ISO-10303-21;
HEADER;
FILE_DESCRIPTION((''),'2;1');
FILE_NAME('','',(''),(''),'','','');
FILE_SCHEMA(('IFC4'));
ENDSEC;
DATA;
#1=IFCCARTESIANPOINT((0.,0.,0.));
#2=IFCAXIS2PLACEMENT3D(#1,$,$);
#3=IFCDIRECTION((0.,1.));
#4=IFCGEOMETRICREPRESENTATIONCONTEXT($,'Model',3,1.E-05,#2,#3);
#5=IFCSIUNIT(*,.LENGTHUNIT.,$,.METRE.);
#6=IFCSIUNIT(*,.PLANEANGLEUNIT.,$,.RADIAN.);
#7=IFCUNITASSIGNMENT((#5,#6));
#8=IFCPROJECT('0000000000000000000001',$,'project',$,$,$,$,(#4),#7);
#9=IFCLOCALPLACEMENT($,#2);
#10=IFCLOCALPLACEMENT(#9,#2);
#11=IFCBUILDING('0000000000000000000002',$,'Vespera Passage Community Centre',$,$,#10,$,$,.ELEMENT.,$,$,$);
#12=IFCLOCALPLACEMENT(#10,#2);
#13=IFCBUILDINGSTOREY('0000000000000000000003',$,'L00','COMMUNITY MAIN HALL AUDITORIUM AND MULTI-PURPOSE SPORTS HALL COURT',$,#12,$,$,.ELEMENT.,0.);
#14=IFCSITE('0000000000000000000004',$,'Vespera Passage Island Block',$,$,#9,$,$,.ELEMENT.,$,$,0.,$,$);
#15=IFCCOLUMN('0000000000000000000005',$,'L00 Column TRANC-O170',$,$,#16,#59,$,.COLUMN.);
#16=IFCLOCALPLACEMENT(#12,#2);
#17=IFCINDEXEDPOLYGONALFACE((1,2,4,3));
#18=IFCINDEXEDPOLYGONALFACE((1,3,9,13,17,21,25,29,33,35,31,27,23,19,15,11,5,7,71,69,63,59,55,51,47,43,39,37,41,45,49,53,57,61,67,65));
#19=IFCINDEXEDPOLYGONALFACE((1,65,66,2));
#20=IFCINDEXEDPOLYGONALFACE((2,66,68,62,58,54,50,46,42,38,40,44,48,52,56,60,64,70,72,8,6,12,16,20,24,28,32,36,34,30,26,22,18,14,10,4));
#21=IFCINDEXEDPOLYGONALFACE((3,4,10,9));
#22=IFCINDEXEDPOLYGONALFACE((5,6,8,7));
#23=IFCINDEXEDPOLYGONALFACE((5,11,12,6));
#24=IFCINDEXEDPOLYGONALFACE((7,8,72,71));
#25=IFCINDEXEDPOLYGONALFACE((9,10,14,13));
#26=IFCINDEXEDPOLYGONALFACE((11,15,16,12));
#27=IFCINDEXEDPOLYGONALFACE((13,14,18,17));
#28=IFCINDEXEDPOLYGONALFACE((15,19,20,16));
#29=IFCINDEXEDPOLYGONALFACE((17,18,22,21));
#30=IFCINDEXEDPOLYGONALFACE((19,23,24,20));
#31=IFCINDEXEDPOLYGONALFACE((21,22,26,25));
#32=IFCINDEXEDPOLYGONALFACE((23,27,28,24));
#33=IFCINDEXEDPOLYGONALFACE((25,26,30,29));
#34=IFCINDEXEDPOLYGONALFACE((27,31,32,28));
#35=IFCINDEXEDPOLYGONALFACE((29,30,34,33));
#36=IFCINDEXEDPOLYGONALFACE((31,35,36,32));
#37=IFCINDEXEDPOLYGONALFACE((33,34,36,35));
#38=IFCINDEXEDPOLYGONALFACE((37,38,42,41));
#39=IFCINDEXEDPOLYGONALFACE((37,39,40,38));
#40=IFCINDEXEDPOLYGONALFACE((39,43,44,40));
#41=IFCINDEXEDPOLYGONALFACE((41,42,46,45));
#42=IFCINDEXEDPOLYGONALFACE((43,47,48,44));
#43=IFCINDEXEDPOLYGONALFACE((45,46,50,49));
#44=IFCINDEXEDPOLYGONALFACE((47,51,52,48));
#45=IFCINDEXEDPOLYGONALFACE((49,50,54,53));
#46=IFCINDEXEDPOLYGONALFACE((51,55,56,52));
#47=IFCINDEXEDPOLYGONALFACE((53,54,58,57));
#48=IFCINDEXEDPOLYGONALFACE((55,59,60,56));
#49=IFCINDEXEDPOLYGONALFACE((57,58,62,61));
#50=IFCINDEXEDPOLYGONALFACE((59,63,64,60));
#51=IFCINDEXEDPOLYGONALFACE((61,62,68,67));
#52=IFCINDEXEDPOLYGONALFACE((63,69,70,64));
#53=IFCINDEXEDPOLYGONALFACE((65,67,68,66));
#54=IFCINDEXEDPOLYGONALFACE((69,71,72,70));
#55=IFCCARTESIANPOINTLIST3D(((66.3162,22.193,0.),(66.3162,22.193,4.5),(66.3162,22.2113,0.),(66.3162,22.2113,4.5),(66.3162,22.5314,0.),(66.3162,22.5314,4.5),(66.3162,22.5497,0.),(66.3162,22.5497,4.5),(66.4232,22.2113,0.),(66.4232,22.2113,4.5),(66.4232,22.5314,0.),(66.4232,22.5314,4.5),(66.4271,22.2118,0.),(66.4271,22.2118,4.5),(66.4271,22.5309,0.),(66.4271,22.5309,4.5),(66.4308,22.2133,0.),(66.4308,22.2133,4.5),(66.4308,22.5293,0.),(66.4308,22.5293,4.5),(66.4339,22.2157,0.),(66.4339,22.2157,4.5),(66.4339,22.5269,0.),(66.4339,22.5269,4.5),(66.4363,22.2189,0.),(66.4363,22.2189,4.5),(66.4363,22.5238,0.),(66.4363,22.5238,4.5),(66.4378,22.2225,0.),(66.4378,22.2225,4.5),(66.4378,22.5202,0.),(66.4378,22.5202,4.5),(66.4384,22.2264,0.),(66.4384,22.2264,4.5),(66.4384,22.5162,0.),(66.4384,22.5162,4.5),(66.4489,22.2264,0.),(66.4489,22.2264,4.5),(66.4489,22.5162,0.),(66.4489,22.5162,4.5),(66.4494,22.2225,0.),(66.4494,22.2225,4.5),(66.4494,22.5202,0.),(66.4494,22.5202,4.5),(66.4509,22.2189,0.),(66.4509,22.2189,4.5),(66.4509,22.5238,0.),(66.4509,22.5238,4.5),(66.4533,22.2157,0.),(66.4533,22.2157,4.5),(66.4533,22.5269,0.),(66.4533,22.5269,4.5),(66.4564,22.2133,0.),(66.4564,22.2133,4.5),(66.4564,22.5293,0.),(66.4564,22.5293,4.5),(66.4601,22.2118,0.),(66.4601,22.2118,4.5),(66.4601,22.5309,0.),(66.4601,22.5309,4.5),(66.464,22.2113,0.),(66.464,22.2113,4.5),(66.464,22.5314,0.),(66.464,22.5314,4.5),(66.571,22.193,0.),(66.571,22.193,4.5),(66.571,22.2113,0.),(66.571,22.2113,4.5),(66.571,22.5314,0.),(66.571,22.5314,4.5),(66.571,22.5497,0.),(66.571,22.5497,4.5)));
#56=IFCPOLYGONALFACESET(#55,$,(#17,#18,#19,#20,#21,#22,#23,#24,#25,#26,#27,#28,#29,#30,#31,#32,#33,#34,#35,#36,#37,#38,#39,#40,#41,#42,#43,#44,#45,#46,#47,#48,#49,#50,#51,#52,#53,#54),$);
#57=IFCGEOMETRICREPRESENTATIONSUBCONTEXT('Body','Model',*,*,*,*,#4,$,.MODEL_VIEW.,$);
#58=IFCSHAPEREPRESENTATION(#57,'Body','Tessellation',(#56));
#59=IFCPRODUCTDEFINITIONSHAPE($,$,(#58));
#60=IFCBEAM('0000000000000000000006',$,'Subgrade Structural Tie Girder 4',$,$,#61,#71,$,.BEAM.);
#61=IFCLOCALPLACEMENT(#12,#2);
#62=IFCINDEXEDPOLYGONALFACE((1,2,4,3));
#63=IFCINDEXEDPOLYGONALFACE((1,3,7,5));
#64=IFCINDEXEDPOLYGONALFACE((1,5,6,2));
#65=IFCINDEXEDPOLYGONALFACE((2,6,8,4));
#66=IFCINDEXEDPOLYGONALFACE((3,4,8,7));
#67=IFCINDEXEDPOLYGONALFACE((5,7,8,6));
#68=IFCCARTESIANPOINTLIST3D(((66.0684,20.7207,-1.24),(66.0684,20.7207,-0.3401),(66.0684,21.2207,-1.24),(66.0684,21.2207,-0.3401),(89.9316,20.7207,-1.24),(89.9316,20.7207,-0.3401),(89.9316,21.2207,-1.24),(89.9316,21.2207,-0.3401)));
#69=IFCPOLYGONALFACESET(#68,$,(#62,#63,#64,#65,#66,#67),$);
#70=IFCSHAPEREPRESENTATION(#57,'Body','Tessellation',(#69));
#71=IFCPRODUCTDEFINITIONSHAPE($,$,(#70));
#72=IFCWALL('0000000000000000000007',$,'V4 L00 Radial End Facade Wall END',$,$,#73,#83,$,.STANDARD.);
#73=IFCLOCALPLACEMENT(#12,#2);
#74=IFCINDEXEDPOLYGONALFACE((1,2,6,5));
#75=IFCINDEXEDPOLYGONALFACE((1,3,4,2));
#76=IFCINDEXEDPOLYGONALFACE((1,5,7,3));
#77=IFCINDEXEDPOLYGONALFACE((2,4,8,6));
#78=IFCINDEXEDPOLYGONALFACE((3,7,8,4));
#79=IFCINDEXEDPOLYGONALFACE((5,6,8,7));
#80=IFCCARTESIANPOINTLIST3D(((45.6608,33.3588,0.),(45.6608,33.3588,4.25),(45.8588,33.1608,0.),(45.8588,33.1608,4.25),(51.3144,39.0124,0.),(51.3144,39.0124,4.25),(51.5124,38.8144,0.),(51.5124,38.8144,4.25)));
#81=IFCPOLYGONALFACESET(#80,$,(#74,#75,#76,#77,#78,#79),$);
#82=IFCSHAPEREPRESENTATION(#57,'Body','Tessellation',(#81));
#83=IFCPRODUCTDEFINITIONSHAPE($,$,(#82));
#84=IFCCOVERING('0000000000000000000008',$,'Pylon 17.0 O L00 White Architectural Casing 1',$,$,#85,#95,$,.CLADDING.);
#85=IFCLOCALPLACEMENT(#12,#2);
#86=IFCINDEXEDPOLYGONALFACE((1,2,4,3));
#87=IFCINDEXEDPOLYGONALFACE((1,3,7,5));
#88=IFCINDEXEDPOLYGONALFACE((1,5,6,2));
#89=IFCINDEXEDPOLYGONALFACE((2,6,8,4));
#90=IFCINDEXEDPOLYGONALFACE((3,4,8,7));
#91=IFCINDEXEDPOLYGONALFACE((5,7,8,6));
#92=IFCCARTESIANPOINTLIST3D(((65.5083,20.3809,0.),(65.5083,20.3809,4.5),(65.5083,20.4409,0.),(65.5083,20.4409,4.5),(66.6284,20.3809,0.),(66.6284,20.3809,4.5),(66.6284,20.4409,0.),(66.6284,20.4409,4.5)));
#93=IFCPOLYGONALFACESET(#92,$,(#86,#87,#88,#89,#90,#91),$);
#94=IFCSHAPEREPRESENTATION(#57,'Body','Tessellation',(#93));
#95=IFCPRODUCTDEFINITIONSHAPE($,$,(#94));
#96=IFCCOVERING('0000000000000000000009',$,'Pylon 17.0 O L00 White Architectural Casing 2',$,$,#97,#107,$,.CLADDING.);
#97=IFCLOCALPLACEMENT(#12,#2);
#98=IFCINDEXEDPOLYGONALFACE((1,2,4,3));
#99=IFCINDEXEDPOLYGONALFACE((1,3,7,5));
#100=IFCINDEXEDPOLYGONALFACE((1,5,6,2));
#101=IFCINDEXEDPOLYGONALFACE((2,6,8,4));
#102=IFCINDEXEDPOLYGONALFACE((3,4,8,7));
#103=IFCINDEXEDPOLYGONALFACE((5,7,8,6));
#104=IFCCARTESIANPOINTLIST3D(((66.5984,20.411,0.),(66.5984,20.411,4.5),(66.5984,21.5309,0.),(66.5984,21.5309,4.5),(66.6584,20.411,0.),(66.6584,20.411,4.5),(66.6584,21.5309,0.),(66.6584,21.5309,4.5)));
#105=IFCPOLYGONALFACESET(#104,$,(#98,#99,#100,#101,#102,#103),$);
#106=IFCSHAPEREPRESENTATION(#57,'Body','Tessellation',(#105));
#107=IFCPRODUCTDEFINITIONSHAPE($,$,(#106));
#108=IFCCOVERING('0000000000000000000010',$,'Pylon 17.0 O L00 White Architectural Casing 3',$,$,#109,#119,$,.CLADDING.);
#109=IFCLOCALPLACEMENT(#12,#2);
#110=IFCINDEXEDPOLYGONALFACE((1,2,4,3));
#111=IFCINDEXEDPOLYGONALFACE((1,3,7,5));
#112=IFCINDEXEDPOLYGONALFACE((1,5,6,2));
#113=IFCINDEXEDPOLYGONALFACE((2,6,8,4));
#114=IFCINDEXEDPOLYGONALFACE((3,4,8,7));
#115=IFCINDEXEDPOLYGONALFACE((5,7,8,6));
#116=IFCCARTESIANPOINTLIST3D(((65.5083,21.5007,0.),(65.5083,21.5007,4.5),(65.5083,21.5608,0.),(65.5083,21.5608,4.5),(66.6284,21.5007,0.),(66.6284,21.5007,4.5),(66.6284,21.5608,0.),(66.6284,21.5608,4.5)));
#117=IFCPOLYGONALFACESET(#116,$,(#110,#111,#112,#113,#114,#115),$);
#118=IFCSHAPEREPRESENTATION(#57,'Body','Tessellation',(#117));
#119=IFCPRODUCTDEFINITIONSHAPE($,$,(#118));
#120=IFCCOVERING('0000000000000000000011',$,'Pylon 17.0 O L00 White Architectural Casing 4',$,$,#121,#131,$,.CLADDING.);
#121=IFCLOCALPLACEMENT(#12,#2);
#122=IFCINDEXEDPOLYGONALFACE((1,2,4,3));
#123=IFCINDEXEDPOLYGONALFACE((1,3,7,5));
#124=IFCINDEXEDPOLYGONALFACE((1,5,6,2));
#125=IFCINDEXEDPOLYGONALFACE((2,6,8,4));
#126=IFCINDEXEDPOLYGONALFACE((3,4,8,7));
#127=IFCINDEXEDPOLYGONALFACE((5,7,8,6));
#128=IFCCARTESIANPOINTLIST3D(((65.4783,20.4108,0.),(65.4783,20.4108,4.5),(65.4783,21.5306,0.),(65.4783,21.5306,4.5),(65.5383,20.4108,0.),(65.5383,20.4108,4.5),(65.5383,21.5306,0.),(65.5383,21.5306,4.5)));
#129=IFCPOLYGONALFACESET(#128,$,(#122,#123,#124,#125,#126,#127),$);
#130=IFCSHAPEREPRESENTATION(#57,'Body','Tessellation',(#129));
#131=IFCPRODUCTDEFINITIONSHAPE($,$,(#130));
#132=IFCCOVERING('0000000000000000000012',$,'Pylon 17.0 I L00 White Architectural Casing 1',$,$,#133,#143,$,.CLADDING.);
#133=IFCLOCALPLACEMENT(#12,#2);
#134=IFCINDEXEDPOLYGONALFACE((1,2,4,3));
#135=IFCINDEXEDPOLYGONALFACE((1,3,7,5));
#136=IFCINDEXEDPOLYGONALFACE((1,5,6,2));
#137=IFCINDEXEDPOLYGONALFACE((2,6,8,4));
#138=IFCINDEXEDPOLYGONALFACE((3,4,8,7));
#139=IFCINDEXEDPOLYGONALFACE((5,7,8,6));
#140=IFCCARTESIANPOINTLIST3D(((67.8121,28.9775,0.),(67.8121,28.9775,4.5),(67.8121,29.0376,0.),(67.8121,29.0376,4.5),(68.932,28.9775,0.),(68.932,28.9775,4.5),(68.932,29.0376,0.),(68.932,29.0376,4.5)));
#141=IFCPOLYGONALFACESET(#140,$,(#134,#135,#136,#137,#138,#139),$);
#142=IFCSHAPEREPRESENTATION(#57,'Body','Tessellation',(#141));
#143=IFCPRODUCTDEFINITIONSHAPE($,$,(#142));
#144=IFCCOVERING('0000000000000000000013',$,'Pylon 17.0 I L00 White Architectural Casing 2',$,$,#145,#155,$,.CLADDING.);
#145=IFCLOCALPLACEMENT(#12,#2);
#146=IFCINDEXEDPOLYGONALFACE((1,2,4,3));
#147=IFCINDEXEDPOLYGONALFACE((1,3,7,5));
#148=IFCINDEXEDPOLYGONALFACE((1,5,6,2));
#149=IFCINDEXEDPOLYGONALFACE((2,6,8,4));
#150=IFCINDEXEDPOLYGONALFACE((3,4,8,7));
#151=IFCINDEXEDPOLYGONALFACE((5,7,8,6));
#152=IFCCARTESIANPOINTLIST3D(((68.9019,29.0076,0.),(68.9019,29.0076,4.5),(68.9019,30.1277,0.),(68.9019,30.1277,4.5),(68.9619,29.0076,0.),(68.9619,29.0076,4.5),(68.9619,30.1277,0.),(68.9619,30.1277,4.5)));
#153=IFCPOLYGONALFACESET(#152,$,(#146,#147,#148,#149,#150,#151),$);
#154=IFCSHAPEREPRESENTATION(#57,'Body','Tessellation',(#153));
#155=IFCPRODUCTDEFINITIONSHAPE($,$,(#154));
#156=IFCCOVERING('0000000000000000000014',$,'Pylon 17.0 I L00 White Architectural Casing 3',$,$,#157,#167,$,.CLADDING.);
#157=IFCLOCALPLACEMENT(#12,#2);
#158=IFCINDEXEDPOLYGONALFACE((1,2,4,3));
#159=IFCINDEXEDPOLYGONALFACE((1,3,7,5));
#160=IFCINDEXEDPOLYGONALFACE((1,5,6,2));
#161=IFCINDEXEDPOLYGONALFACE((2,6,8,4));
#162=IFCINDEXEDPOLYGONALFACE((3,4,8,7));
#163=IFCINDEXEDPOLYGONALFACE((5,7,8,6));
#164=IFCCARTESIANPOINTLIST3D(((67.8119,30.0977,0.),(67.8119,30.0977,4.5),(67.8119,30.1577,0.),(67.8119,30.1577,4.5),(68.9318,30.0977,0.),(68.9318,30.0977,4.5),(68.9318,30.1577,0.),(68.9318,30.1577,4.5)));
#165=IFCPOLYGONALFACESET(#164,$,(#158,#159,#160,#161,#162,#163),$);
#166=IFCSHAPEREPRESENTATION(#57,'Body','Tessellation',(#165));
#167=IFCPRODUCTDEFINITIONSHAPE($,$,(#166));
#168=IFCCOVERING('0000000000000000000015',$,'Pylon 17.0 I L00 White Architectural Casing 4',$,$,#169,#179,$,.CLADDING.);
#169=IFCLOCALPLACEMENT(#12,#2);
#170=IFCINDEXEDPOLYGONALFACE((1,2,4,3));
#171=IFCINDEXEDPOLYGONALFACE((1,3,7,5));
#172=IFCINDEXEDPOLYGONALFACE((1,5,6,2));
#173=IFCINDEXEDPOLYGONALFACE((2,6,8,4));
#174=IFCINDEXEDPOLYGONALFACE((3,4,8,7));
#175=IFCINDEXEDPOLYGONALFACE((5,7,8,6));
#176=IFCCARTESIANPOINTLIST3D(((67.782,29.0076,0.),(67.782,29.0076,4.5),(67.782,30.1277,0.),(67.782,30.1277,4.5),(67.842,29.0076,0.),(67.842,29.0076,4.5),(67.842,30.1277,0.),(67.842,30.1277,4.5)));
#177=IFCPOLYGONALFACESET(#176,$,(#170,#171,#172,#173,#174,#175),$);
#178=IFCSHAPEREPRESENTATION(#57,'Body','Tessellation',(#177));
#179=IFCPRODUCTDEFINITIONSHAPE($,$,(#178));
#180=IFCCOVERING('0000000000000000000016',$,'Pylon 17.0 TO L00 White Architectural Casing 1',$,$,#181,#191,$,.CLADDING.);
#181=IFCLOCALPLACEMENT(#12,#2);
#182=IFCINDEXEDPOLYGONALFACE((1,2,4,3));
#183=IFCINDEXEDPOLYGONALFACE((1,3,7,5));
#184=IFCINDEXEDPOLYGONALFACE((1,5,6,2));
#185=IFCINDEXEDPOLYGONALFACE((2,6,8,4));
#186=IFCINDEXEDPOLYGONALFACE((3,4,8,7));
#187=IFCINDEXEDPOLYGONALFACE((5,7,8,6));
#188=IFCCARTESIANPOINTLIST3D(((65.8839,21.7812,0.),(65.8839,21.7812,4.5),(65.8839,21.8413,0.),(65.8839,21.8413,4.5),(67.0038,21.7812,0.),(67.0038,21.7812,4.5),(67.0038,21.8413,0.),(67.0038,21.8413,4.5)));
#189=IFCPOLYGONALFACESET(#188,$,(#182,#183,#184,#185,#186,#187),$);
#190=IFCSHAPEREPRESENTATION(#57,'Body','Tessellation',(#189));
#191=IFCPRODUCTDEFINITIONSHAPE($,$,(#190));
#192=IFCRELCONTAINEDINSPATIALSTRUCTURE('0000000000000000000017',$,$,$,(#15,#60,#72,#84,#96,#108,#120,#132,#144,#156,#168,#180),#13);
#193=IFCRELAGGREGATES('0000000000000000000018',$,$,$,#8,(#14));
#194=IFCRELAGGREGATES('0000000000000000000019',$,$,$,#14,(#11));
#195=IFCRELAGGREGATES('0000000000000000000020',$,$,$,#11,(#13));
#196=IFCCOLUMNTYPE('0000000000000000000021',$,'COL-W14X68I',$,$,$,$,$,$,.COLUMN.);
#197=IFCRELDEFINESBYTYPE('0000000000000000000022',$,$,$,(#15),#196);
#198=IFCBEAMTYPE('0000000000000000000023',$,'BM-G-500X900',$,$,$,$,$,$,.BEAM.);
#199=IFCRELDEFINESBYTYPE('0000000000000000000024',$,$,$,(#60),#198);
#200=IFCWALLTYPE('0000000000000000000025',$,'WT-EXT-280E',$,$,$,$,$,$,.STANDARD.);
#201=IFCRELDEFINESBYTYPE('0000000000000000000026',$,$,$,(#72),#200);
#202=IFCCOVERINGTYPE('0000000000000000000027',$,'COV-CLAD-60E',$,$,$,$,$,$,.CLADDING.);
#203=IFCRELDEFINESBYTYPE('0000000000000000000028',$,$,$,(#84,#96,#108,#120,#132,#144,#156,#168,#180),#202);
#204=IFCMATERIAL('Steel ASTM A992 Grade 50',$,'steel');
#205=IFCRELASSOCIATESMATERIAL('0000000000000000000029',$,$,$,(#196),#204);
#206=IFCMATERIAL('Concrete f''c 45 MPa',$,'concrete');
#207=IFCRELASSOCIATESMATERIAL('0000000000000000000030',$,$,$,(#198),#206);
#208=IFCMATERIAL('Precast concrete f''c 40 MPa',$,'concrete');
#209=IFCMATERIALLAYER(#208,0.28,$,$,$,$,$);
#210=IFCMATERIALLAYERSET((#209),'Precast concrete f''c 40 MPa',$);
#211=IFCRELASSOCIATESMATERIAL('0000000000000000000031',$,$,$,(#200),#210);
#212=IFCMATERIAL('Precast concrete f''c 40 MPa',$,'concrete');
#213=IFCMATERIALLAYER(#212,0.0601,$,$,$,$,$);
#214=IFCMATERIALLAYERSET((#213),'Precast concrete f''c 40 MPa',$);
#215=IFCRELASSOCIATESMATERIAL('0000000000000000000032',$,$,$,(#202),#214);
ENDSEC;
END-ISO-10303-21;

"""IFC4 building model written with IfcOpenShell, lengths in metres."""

from ifc_helpers import new_model, si_unit, direction, frame, frame_2d, origin, origin_2d, place, context, subcontext, project, spatial, rectangle, i_section, extrude, material, layer, layer_set, material_profile, profile_set, type_object, element, save


model = new_model("IFC4")

# Units and contexts
model_context = context("Model", 3, precision=1e-05, world=origin(), true_north=direction((0.0, 1.0)))
body_context = subcontext(model_context, "Body", "Model", "MODEL_VIEW")
ifc_project = project(units=[si_unit("LENGTHUNIT", "METRE"), si_unit("PLANEANGLEUNIT", "RADIAN")], contexts=[model_context])

# Site, building, storey
site_placement = place(None, origin())
site = spatial("IfcSite", under=ifc_project, at=site_placement, Name="Vespera Passage Island Block", CompositionType="ELEMENT", RefElevation=0.0)
building_placement = place(site_placement, origin())
building = spatial("IfcBuilding", under=site, at=building_placement, Name="Vespera Passage Community Centre", CompositionType="ELEMENT")
storey_placement = place(building_placement, origin())
storey = spatial("IfcBuildingStorey", under=building, at=storey_placement, Name="L00", Description="COMMUNITY MAIN HALL AUDITORIUM AND MULTI-PURPOSE SPORTS HALL COURT", CompositionType="ELEMENT", Elevation=0.0)

# Column
ifc_material_1 = material(Name="Steel ASTM A992 Grade 50", Category="steel")
ifc_material_profile_1 = material_profile(ifc_material_1, i_section(OverallWidth=0.2549, OverallDepth=0.3567, WebThickness=0.0105, FlangeThickness=0.0183, FilletRadius=0.0151, at=origin_2d()), Name="W14X68")
ifc_profile_set_1 = profile_set([ifc_material_profile_1], Name="Steel ASTM A992 Grade 50")
column_type_1 = type_object("IfcColumnType", Name="COL-W14X68I", PredefinedType="COLUMN", material=ifc_profile_set_1)
for number, where, z_axis, x_axis, name in (
    (1, (66.4436, 22.3713, 0.0), (0.0, 0.0, 1.0), (1.0, 0.0, 0.0), "L00 Column TRANC-O170"),
):
    element("IfcColumn", number, at=place(storey_placement, frame(where, z_axis=z_axis, x_axis=x_axis)), inside=storey, type_object=column_type_1, Name=name, PredefinedType="COLUMN", context=body_context, shape_type="SweptSolid", body=[
        extrude(i_section(OverallWidth=0.2549, OverallDepth=0.3567, WebThickness=0.0105, FlangeThickness=0.0183, FilletRadius=0.0151, at=origin_2d()), origin(), (0.0, 0.0, 1.0), 4.5),
    ])

# Beam
ifc_material_2 = material(Name="Concrete f'c 45 MPa", Category="concrete")
ifc_material_profile_2 = material_profile(ifc_material_2, rectangle(XDim=0.5, YDim=0.8999, at=origin_2d()), Name="RC500X900")
ifc_profile_set_2 = profile_set([ifc_material_profile_2], Name="Concrete f'c 45 MPa")
beam_type = type_object("IfcBeamType", Name="BM-G-500X900", PredefinedType="BEAM", material=ifc_profile_set_2)
beam_placement = place(storey_placement, frame((66.0684, 20.9707, -0.79), z_axis=(1.0, 0.0, 0.0), x_axis=(0.0, 1.0, 0.0)))
element("IfcBeam", 2, at=beam_placement, inside=storey, type_object=beam_type, Name="Subgrade Structural Tie Girder 4", PredefinedType="BEAM", context=body_context, shape_type="SweptSolid", body=[
    extrude(rectangle(XDim=0.5, YDim=0.8999, at=origin_2d()), origin(), (0.0, 0.0, 1.0), 23.8633),
])

# Wall
ifc_material_3 = material(Name="Precast concrete f'c 40 MPa", Category="concrete")
ifc_layer_1 = layer(ifc_material_3, 0.28)
ifc_layer_set_1 = layer_set([ifc_layer_1], Name="Precast concrete f'c 40 MPa")
wall_type = type_object("IfcWallType", Name="WT-EXT-280E", PredefinedType="STANDARD", material=ifc_layer_set_1)
wall_placement = place(storey_placement, frame((51.4133, 38.9133, 0.0), z_axis=(0.0, 0.0, 1.0), x_axis=(-0.707107, -0.707107, 0.0)))
element("IfcWall", 3, at=wall_placement, inside=storey, type_object=wall_type, Name="V4 L00 Radial End Facade Wall END", PredefinedType="STANDARD", context=body_context, shape_type="SweptSolid", body=[
    extrude(rectangle(XDim=7.9954, YDim=0.28, at=frame_2d((3.9976, 0.0))), origin(), (0.0, 0.0, 1.0), 4.25),
])

# Coverings
ifc_material_4 = material(Name="Precast concrete f'c 40 MPa", Category="concrete")
ifc_layer_2 = layer(ifc_material_4, 0.0601)
ifc_layer_set_2 = layer_set([ifc_layer_2], Name="Precast concrete f'c 40 MPa")
covering_type = type_object("IfcCoveringType", Name="COV-CLAD-60E", PredefinedType="CLADDING", material=ifc_layer_set_2)
covering_1_placement = place(storey_placement, frame((65.5083, 20.4109, 0.0), z_axis=(0.0, 0.0, 1.0), x_axis=(1.0, 0.0, 0.0)))
element("IfcCovering", 4, at=covering_1_placement, inside=storey, type_object=covering_type, Name="Pylon 17.0 O L00 White Architectural Casing 1", PredefinedType="CLADDING", context=body_context, shape_type="SweptSolid", body=[
    extrude(rectangle(XDim=1.1201, YDim=0.0601, at=frame_2d((0.5601, 0.0))), origin(), (0.0, 0.0, 1.0), 4.5),
])
covering_2_placement = place(storey_placement, frame((66.6284, 20.4109, 0.0), z_axis=(0.0, 0.0, 1.0), x_axis=(0.0, 1.0, 0.0)))
element("IfcCovering", 5, at=covering_2_placement, inside=storey, type_object=covering_type, Name="Pylon 17.0 O L00 White Architectural Casing 2", PredefinedType="CLADDING", context=body_context, shape_type="SweptSolid", body=[
    extrude(rectangle(XDim=1.1199, YDim=0.0601, at=frame_2d((0.5601, 0.0))), origin(), (0.0, 0.0, 1.0), 4.5),
])
covering_3_placement = place(storey_placement, frame((66.6284, 21.5308, 0.0), z_axis=(0.0, 0.0, 1.0), x_axis=(-1.0, 0.0, 0.0)))
element("IfcCovering", 6, at=covering_3_placement, inside=storey, type_object=covering_type, Name="Pylon 17.0 O L00 White Architectural Casing 3", PredefinedType="CLADDING", context=body_context, shape_type="SweptSolid", body=[
    extrude(rectangle(XDim=1.1201, YDim=0.0601, at=frame_2d((0.5601, 0.0))), origin(), (0.0, 0.0, 1.0), 4.5),
])
for number, where, z_axis, x_axis, name in (
    (7, (65.5083, 21.5308, 0.0), (0.0, 0.0, 1.0), (0.0, -1.0, 0.0), "Pylon 17.0 O L00 White Architectural Casing 4"),
    (8, (67.812, 29.0076, 0.0), (0.0, 0.0, 1.0), (1.0, 0.0, 0.0), "Pylon 17.0 I L00 White Architectural Casing 1"),
):
    element("IfcCovering", number, at=place(storey_placement, frame(where, z_axis=z_axis, x_axis=x_axis)), inside=storey, type_object=covering_type, Name=name, PredefinedType="CLADDING", context=body_context, shape_type="SweptSolid", body=[
        extrude(rectangle(XDim=1.1199, YDim=0.0601, at=frame_2d((0.5601, 0.0))), origin(), (0.0, 0.0, 1.0), 4.5),
    ])
covering_4_placement = place(storey_placement, frame((68.9319, 29.0076, 0.0), z_axis=(0.0, 0.0, 1.0), x_axis=(0.0, 1.0, 0.0)))
element("IfcCovering", 9, at=covering_4_placement, inside=storey, type_object=covering_type, Name="Pylon 17.0 I L00 White Architectural Casing 2", PredefinedType="CLADDING", context=body_context, shape_type="SweptSolid", body=[
    extrude(rectangle(XDim=1.1201, YDim=0.0601, at=frame_2d((0.5601, 0.0))), origin(), (0.0, 0.0, 1.0), 4.5),
])
covering_5_placement = place(storey_placement, frame((68.9319, 30.1277, 0.0), z_axis=(0.0, 0.0, 1.0), x_axis=(-1.0, 0.0, 0.0)))
element("IfcCovering", 10, at=covering_5_placement, inside=storey, type_object=covering_type, Name="Pylon 17.0 I L00 White Architectural Casing 3", PredefinedType="CLADDING", context=body_context, shape_type="SweptSolid", body=[
    extrude(rectangle(XDim=1.1199, YDim=0.0601, at=frame_2d((0.5601, 0.0))), origin(), (0.0, 0.0, 1.0), 4.5),
])
covering_6_placement = place(storey_placement, frame((67.812, 30.1277, 0.0), z_axis=(0.0, 0.0, 1.0), x_axis=(0.0, -1.0, 0.0)))
element("IfcCovering", 11, at=covering_6_placement, inside=storey, type_object=covering_type, Name="Pylon 17.0 I L00 White Architectural Casing 4", PredefinedType="CLADDING", context=body_context, shape_type="SweptSolid", body=[
    extrude(rectangle(XDim=1.1201, YDim=0.0601, at=frame_2d((0.5601, 0.0))), origin(), (0.0, 0.0, 1.0), 4.5),
])
covering_7_placement = place(storey_placement, frame((65.8838, 21.8113, 0.0), z_axis=(0.0, 0.0, 1.0), x_axis=(1.0, 0.0, 0.0)))
element("IfcCovering", 12, at=covering_7_placement, inside=storey, type_object=covering_type, Name="Pylon 17.0 TO L00 White Architectural Casing 1", PredefinedType="CLADDING", context=body_context, shape_type="SweptSolid", body=[
    extrude(rectangle(XDim=1.1199, YDim=0.0601, at=frame_2d((0.5601, 0.0))), origin(), (0.0, 0.0, 1.0), 4.5),
])

save(model, "model.ifc")
